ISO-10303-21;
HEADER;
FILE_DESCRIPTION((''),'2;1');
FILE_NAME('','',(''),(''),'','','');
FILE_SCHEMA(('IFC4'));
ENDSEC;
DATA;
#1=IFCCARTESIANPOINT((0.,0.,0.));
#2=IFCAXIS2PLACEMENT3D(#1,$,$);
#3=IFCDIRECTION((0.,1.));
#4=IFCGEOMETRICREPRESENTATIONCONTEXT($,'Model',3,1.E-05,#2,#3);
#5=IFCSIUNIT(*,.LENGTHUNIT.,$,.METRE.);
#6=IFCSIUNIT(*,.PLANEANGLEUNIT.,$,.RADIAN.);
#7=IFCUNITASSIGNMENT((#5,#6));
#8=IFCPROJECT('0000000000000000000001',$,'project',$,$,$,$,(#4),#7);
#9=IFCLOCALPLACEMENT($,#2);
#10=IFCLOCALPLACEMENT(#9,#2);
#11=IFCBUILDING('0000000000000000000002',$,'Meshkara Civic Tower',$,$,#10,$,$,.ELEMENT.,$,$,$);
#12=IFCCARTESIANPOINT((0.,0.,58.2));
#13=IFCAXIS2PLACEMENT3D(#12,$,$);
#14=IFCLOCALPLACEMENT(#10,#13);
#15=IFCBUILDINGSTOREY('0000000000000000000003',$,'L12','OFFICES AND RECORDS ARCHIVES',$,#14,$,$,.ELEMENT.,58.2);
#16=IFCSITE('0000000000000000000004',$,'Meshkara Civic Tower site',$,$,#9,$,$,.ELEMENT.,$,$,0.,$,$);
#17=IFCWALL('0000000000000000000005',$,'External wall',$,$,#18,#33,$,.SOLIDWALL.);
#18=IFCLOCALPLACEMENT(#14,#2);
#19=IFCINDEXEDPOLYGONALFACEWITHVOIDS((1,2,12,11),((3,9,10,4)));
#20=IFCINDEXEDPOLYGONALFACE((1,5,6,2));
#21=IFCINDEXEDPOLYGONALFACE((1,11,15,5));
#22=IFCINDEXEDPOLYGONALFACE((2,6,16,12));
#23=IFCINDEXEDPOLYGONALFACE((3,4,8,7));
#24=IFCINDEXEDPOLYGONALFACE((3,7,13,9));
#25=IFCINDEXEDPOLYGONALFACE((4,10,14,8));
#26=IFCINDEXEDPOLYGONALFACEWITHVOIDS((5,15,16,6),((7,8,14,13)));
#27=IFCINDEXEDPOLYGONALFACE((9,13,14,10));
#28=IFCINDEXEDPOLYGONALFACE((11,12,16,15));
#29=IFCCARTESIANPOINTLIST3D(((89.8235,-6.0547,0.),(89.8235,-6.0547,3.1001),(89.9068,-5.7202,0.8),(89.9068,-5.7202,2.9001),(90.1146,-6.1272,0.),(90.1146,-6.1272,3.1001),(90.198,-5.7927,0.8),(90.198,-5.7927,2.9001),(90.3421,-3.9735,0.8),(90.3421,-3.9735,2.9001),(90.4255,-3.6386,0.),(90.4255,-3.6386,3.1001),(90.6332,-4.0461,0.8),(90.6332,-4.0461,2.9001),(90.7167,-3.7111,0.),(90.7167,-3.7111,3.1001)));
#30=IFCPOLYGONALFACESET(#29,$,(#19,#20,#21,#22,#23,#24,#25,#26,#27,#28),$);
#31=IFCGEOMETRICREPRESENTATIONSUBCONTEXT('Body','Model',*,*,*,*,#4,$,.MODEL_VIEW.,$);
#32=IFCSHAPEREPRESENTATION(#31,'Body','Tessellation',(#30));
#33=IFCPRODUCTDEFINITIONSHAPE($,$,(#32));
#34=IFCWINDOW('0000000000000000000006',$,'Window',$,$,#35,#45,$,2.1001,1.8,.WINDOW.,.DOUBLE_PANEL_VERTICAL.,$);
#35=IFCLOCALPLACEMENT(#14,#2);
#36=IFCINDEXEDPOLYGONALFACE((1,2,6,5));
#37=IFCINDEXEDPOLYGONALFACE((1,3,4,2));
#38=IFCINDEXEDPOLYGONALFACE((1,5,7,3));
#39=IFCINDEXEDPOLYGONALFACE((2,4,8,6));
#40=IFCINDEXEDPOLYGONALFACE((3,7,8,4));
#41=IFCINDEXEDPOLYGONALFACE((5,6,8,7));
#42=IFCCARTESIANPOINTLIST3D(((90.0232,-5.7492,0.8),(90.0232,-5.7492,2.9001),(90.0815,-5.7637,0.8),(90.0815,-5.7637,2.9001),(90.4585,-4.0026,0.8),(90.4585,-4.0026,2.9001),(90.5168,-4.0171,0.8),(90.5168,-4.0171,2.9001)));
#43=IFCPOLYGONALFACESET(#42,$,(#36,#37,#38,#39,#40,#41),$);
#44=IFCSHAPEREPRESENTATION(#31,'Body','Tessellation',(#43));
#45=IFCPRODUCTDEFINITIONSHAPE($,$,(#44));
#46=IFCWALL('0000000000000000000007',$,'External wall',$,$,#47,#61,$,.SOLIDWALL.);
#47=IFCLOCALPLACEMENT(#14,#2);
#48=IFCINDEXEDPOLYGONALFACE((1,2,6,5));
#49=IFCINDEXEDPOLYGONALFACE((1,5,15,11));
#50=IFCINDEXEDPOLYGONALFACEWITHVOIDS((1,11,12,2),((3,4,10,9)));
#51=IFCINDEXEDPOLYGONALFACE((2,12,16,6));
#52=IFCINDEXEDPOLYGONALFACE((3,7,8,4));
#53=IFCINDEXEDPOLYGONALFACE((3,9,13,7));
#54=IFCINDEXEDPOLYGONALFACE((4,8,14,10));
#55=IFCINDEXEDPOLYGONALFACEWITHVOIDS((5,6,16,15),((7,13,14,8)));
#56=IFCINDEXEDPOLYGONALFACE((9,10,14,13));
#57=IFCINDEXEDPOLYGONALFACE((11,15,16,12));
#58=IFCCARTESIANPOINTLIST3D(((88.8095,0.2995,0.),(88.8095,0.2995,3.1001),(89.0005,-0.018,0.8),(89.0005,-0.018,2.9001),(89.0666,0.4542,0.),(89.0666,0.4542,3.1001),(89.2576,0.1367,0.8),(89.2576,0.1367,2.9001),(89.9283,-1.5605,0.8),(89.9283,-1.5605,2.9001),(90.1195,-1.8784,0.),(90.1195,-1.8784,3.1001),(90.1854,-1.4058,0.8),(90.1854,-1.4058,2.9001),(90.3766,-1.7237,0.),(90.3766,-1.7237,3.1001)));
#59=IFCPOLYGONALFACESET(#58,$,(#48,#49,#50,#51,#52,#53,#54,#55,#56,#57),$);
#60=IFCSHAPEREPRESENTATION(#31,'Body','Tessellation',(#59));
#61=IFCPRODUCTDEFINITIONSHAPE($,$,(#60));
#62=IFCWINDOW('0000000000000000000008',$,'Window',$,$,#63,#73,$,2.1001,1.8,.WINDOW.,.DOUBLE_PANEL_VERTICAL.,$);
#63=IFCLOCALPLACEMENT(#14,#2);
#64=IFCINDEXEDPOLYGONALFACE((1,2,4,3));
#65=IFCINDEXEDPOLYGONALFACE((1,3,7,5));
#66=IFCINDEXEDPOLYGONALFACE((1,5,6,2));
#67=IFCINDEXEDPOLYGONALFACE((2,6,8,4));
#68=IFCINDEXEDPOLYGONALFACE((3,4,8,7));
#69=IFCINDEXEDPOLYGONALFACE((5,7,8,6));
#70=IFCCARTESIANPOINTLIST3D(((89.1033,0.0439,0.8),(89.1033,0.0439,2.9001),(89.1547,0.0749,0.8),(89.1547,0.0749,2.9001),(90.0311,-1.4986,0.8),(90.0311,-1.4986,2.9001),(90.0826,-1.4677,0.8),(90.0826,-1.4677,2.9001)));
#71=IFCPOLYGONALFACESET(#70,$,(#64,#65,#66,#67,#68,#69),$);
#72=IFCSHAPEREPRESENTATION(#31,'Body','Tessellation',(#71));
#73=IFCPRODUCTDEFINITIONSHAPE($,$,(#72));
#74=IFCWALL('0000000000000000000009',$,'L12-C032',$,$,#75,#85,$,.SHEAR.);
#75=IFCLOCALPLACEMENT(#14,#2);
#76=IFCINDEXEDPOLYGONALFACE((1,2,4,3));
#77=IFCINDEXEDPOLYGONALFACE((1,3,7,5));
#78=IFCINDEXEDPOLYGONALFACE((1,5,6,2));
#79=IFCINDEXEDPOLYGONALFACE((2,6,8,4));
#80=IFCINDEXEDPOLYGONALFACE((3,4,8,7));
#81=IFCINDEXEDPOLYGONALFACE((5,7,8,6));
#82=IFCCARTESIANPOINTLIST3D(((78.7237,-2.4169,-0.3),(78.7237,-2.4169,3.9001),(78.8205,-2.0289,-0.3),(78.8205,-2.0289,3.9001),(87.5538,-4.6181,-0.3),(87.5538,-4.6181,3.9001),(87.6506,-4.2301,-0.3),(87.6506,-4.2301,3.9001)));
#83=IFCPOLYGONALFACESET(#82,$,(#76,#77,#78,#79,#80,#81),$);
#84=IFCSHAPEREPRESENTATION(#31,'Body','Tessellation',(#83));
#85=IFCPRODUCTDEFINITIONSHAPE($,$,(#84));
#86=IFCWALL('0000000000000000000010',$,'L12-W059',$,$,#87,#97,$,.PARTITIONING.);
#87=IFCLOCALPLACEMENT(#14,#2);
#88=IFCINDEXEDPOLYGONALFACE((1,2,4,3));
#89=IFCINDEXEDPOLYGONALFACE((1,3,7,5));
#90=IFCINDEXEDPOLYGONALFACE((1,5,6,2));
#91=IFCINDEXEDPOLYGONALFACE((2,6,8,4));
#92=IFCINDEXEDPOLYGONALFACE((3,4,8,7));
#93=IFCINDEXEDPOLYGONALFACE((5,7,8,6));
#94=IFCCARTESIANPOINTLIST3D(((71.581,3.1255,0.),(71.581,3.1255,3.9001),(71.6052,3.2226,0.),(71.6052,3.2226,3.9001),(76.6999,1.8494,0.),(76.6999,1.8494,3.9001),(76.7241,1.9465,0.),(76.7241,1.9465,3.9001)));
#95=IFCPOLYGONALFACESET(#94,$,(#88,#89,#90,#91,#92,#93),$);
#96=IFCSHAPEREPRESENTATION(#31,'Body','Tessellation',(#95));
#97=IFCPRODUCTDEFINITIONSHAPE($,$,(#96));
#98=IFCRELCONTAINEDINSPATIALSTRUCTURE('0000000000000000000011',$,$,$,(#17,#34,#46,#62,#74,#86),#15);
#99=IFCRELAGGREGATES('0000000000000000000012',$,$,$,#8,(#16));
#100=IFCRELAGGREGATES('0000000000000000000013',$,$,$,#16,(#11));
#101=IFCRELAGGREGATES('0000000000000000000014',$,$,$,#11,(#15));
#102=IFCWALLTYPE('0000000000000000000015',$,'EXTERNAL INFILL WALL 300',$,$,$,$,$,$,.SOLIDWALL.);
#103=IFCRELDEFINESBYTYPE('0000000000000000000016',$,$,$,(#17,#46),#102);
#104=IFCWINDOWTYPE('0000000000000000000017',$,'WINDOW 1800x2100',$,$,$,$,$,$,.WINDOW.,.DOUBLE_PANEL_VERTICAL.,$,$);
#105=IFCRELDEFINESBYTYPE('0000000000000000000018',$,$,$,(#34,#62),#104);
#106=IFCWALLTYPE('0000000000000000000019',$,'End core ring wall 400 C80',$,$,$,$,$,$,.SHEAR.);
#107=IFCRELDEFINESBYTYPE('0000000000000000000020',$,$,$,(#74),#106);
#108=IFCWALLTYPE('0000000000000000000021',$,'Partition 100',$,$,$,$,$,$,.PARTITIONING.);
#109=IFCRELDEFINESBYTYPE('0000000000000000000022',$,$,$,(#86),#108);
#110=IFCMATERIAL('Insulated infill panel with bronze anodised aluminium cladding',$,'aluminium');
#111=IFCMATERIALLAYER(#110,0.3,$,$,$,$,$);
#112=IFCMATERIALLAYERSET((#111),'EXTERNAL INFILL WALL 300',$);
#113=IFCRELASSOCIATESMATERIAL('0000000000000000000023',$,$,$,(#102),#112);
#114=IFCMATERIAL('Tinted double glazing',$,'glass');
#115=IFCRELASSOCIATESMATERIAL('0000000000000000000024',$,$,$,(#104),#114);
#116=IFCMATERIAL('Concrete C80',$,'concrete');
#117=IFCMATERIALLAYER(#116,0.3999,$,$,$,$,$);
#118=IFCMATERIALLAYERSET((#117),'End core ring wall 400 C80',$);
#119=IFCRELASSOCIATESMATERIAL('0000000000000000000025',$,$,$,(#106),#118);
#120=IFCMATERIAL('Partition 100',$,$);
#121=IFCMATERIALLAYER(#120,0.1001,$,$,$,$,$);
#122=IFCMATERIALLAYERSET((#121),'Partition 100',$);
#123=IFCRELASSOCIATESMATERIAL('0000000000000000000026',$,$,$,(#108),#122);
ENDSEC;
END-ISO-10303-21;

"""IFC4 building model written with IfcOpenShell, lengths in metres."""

from ifc_helpers import new_model, si_unit, direction, frame, frame_2d, origin, place, context, subcontext, project, spatial, rectangle, extrude, material, layer, layer_set, type_object, element, fill, save


model = new_model("IFC4")

# Units and contexts
model_context = context("Model", 3, precision=1e-05, world=origin(), true_north=direction((0.0, 1.0)))
body_context = subcontext(model_context, "Body", "Model", "MODEL_VIEW")
ifc_project = project(units=[si_unit("LENGTHUNIT", "METRE"), si_unit("PLANEANGLEUNIT", "RADIAN")], contexts=[model_context])

# Site, building, storey
site_placement = place(None, origin())
site = spatial("IfcSite", under=ifc_project, at=site_placement, Name="Meshkara Civic Tower site", CompositionType="ELEMENT", RefElevation=0.0)
building_placement = place(site_placement, origin())
building = spatial("IfcBuilding", under=site, at=building_placement, Name="Meshkara Civic Tower", CompositionType="ELEMENT")
storey_placement = place(building_placement, frame((0.0, 0.0, 58.2)))
storey = spatial("IfcBuildingStorey", under=building, at=storey_placement, Name="L12", Description="OFFICES AND RECORDS ARCHIVES", CompositionType="ELEMENT", Elevation=58.2)

# Walls, openings, windows
ifc_material_1 = material(Name="Insulated infill panel with bronze anodised aluminium cladding", Category="aluminium")
ifc_layer_1 = layer(ifc_material_1, 0.3)
ifc_layer_set_1 = layer_set([ifc_layer_1], Name="EXTERNAL INFILL WALL 300")
wall_type_1 = type_object("IfcWallType", Name="EXTERNAL INFILL WALL 300", PredefinedType="SOLIDWALL", material=ifc_layer_set_1)
wall_1_placement = place(storey_placement, frame((89.969, -6.0911, 0.0), z_axis=(0.0, 0.0, 1.0), x_axis=(0.241797, 0.970327, 0.0)))
wall_1 = element("IfcWall", 1, at=wall_1_placement, inside=storey, type_object=wall_type_1, Name="External wall", PredefinedType="SOLIDWALL", context=body_context, shape_type="SweptSolid", body=[
    extrude(rectangle(XDim=2.49, YDim=0.3, at=frame_2d((1.2451, 0.0))), origin(), (0.0, 0.0, 1.0), 3.1001),
])
opening_1_placement = place(wall_1_placement, frame((0.345, 0.0, 0.8)))
opening_1 = element("IfcOpeningElement", 2, at=opening_1_placement, cuts=wall_1, PredefinedType="OPENING", context=body_context, shape_type="SweptSolid", body=[
    extrude(rectangle(XDim=1.8, YDim=2.1001, at=frame_2d((0.8999, 1.05))), frame((0.0, 0.1599, 0.0), z_axis=(0.0, -1.0, 0.0), x_axis=(1.0, 0.0, 0.0)), (0.0, 0.0, 1.0), 0.3201),
])
ifc_material_2 = material(Name="Tinted double glazing", Category="glass")
window_type_1 = type_object("IfcWindowType", Name="WINDOW 1800x2100", PartitioningType="DOUBLE_PANEL_VERTICAL", PredefinedType="WINDOW", material=ifc_material_2)
window_1_placement = place(opening_1_placement, origin())
window_1 = element("IfcWindow", 3, at=window_1_placement, inside=storey, type_object=window_type_1, Name="Window", OverallHeight=2.1001, OverallWidth=1.8, PartitioningType="DOUBLE_PANEL_VERTICAL", PredefinedType="WINDOW", context=body_context, shape_type="SweptSolid", body=[
    extrude(rectangle(XDim=1.8, YDim=2.1001, at=frame_2d((0.8999, 1.05))), frame((0.0, 0.03, 0.0), z_axis=(0.0, -1.0, 0.0), x_axis=(1.0, 0.0, 0.0)), (0.0, 0.0, 1.0), 0.0601),
])
fill(opening_1, window_1)
wall_2_placement = place(storey_placement, frame((90.248, -1.801, 0.0), z_axis=(0.0, 0.0, 1.0), x_axis=(-0.515442, 0.856925, 0.0)))
wall_2 = element("IfcWall", 4, at=wall_2_placement, inside=storey, type_object=wall_type_1, Name="External wall", PredefinedType="SOLIDWALL", context=body_context, shape_type="SweptSolid", body=[
    extrude(rectangle(XDim=2.5415, YDim=0.3, at=frame_2d((1.2708, 0.0))), origin(), (0.0, 0.0, 1.0), 3.1001),
])
opening_2_placement = place(wall_2_placement, frame((0.3711, 0.0, 0.8)))
opening_2 = element("IfcOpeningElement", 5, at=opening_2_placement, cuts=wall_2, PredefinedType="OPENING", context=body_context, shape_type="SweptSolid", body=[
    extrude(rectangle(XDim=1.8, YDim=2.1001, at=frame_2d((0.8999, 1.05))), frame((0.0, 0.1599, 0.0), z_axis=(0.0, -1.0, 0.0), x_axis=(1.0, 0.0, 0.0)), (0.0, 0.0, 1.0), 0.3201),
])
window_2_placement = place(opening_2_placement, origin())
window_2 = element("IfcWindow", 6, at=window_2_placement, inside=storey, type_object=window_type_1, Name="Window", OverallHeight=2.1001, OverallWidth=1.8, PartitioningType="DOUBLE_PANEL_VERTICAL", PredefinedType="WINDOW", context=body_context, shape_type="SweptSolid", body=[
    extrude(rectangle(XDim=1.8, YDim=2.1001, at=frame_2d((0.8999, 1.05))), frame((0.0, 0.03, 0.0), z_axis=(0.0, -1.0, 0.0), x_axis=(1.0, 0.0, 0.0)), (0.0, 0.0, 1.0), 0.0601),
])
fill(opening_2, window_2)

# Walls
ifc_material_3 = material(Name="Concrete C80", Category="concrete")
ifc_layer_2 = layer(ifc_material_3, 0.3999)
ifc_layer_set_2 = layer_set([ifc_layer_2], Name="End core ring wall 400 C80")
wall_type_2 = type_object("IfcWallType", Name="End core ring wall 400 C80", PredefinedType="SHEAR", material=ifc_layer_set_2)
wall_3_placement = place(storey_placement, frame((78.772, -2.2229, -0.3), z_axis=(0.0, 0.0, 1.0), x_axis=(0.970306, -0.241879, 0.0)))
element("IfcWall", 7, at=wall_3_placement, inside=storey, type_object=wall_type_2, Name="L12-C032", PredefinedType="SHEAR", context=body_context, shape_type="SweptSolid", body=[
    extrude(rectangle(XDim=9.1003, YDim=0.3999, at=frame_2d((4.5503, 0.0))), origin(), (0.0, 0.0, 1.0), 4.2002),
])
ifc_material_4 = material(Name="Partition 100")
ifc_layer_3 = layer(ifc_material_4, 0.1001)
ifc_layer_set_3 = layer_set([ifc_layer_3], Name="Partition 100")
wall_type_3 = type_object("IfcWallType", Name="Partition 100", PredefinedType="PARTITIONING", material=ifc_layer_set_3)
wall_4_placement = place(storey_placement, frame((76.7119, 1.8979, 0.0), z_axis=(0.0, 0.0, 1.0), x_axis=(-0.970303, 0.241893, 0.0)))
element("IfcWall", 8, at=wall_4_placement, inside=storey, type_object=wall_type_3, Name="L12-W059", PredefinedType="PARTITIONING", context=body_context, shape_type="SweptSolid", body=[
    extrude(rectangle(XDim=5.2756, YDim=0.1001, at=frame_2d((2.6377, 0.0))), origin(), (0.0, 0.0, 1.0), 3.9001),
])

save(model, "model.ifc")
